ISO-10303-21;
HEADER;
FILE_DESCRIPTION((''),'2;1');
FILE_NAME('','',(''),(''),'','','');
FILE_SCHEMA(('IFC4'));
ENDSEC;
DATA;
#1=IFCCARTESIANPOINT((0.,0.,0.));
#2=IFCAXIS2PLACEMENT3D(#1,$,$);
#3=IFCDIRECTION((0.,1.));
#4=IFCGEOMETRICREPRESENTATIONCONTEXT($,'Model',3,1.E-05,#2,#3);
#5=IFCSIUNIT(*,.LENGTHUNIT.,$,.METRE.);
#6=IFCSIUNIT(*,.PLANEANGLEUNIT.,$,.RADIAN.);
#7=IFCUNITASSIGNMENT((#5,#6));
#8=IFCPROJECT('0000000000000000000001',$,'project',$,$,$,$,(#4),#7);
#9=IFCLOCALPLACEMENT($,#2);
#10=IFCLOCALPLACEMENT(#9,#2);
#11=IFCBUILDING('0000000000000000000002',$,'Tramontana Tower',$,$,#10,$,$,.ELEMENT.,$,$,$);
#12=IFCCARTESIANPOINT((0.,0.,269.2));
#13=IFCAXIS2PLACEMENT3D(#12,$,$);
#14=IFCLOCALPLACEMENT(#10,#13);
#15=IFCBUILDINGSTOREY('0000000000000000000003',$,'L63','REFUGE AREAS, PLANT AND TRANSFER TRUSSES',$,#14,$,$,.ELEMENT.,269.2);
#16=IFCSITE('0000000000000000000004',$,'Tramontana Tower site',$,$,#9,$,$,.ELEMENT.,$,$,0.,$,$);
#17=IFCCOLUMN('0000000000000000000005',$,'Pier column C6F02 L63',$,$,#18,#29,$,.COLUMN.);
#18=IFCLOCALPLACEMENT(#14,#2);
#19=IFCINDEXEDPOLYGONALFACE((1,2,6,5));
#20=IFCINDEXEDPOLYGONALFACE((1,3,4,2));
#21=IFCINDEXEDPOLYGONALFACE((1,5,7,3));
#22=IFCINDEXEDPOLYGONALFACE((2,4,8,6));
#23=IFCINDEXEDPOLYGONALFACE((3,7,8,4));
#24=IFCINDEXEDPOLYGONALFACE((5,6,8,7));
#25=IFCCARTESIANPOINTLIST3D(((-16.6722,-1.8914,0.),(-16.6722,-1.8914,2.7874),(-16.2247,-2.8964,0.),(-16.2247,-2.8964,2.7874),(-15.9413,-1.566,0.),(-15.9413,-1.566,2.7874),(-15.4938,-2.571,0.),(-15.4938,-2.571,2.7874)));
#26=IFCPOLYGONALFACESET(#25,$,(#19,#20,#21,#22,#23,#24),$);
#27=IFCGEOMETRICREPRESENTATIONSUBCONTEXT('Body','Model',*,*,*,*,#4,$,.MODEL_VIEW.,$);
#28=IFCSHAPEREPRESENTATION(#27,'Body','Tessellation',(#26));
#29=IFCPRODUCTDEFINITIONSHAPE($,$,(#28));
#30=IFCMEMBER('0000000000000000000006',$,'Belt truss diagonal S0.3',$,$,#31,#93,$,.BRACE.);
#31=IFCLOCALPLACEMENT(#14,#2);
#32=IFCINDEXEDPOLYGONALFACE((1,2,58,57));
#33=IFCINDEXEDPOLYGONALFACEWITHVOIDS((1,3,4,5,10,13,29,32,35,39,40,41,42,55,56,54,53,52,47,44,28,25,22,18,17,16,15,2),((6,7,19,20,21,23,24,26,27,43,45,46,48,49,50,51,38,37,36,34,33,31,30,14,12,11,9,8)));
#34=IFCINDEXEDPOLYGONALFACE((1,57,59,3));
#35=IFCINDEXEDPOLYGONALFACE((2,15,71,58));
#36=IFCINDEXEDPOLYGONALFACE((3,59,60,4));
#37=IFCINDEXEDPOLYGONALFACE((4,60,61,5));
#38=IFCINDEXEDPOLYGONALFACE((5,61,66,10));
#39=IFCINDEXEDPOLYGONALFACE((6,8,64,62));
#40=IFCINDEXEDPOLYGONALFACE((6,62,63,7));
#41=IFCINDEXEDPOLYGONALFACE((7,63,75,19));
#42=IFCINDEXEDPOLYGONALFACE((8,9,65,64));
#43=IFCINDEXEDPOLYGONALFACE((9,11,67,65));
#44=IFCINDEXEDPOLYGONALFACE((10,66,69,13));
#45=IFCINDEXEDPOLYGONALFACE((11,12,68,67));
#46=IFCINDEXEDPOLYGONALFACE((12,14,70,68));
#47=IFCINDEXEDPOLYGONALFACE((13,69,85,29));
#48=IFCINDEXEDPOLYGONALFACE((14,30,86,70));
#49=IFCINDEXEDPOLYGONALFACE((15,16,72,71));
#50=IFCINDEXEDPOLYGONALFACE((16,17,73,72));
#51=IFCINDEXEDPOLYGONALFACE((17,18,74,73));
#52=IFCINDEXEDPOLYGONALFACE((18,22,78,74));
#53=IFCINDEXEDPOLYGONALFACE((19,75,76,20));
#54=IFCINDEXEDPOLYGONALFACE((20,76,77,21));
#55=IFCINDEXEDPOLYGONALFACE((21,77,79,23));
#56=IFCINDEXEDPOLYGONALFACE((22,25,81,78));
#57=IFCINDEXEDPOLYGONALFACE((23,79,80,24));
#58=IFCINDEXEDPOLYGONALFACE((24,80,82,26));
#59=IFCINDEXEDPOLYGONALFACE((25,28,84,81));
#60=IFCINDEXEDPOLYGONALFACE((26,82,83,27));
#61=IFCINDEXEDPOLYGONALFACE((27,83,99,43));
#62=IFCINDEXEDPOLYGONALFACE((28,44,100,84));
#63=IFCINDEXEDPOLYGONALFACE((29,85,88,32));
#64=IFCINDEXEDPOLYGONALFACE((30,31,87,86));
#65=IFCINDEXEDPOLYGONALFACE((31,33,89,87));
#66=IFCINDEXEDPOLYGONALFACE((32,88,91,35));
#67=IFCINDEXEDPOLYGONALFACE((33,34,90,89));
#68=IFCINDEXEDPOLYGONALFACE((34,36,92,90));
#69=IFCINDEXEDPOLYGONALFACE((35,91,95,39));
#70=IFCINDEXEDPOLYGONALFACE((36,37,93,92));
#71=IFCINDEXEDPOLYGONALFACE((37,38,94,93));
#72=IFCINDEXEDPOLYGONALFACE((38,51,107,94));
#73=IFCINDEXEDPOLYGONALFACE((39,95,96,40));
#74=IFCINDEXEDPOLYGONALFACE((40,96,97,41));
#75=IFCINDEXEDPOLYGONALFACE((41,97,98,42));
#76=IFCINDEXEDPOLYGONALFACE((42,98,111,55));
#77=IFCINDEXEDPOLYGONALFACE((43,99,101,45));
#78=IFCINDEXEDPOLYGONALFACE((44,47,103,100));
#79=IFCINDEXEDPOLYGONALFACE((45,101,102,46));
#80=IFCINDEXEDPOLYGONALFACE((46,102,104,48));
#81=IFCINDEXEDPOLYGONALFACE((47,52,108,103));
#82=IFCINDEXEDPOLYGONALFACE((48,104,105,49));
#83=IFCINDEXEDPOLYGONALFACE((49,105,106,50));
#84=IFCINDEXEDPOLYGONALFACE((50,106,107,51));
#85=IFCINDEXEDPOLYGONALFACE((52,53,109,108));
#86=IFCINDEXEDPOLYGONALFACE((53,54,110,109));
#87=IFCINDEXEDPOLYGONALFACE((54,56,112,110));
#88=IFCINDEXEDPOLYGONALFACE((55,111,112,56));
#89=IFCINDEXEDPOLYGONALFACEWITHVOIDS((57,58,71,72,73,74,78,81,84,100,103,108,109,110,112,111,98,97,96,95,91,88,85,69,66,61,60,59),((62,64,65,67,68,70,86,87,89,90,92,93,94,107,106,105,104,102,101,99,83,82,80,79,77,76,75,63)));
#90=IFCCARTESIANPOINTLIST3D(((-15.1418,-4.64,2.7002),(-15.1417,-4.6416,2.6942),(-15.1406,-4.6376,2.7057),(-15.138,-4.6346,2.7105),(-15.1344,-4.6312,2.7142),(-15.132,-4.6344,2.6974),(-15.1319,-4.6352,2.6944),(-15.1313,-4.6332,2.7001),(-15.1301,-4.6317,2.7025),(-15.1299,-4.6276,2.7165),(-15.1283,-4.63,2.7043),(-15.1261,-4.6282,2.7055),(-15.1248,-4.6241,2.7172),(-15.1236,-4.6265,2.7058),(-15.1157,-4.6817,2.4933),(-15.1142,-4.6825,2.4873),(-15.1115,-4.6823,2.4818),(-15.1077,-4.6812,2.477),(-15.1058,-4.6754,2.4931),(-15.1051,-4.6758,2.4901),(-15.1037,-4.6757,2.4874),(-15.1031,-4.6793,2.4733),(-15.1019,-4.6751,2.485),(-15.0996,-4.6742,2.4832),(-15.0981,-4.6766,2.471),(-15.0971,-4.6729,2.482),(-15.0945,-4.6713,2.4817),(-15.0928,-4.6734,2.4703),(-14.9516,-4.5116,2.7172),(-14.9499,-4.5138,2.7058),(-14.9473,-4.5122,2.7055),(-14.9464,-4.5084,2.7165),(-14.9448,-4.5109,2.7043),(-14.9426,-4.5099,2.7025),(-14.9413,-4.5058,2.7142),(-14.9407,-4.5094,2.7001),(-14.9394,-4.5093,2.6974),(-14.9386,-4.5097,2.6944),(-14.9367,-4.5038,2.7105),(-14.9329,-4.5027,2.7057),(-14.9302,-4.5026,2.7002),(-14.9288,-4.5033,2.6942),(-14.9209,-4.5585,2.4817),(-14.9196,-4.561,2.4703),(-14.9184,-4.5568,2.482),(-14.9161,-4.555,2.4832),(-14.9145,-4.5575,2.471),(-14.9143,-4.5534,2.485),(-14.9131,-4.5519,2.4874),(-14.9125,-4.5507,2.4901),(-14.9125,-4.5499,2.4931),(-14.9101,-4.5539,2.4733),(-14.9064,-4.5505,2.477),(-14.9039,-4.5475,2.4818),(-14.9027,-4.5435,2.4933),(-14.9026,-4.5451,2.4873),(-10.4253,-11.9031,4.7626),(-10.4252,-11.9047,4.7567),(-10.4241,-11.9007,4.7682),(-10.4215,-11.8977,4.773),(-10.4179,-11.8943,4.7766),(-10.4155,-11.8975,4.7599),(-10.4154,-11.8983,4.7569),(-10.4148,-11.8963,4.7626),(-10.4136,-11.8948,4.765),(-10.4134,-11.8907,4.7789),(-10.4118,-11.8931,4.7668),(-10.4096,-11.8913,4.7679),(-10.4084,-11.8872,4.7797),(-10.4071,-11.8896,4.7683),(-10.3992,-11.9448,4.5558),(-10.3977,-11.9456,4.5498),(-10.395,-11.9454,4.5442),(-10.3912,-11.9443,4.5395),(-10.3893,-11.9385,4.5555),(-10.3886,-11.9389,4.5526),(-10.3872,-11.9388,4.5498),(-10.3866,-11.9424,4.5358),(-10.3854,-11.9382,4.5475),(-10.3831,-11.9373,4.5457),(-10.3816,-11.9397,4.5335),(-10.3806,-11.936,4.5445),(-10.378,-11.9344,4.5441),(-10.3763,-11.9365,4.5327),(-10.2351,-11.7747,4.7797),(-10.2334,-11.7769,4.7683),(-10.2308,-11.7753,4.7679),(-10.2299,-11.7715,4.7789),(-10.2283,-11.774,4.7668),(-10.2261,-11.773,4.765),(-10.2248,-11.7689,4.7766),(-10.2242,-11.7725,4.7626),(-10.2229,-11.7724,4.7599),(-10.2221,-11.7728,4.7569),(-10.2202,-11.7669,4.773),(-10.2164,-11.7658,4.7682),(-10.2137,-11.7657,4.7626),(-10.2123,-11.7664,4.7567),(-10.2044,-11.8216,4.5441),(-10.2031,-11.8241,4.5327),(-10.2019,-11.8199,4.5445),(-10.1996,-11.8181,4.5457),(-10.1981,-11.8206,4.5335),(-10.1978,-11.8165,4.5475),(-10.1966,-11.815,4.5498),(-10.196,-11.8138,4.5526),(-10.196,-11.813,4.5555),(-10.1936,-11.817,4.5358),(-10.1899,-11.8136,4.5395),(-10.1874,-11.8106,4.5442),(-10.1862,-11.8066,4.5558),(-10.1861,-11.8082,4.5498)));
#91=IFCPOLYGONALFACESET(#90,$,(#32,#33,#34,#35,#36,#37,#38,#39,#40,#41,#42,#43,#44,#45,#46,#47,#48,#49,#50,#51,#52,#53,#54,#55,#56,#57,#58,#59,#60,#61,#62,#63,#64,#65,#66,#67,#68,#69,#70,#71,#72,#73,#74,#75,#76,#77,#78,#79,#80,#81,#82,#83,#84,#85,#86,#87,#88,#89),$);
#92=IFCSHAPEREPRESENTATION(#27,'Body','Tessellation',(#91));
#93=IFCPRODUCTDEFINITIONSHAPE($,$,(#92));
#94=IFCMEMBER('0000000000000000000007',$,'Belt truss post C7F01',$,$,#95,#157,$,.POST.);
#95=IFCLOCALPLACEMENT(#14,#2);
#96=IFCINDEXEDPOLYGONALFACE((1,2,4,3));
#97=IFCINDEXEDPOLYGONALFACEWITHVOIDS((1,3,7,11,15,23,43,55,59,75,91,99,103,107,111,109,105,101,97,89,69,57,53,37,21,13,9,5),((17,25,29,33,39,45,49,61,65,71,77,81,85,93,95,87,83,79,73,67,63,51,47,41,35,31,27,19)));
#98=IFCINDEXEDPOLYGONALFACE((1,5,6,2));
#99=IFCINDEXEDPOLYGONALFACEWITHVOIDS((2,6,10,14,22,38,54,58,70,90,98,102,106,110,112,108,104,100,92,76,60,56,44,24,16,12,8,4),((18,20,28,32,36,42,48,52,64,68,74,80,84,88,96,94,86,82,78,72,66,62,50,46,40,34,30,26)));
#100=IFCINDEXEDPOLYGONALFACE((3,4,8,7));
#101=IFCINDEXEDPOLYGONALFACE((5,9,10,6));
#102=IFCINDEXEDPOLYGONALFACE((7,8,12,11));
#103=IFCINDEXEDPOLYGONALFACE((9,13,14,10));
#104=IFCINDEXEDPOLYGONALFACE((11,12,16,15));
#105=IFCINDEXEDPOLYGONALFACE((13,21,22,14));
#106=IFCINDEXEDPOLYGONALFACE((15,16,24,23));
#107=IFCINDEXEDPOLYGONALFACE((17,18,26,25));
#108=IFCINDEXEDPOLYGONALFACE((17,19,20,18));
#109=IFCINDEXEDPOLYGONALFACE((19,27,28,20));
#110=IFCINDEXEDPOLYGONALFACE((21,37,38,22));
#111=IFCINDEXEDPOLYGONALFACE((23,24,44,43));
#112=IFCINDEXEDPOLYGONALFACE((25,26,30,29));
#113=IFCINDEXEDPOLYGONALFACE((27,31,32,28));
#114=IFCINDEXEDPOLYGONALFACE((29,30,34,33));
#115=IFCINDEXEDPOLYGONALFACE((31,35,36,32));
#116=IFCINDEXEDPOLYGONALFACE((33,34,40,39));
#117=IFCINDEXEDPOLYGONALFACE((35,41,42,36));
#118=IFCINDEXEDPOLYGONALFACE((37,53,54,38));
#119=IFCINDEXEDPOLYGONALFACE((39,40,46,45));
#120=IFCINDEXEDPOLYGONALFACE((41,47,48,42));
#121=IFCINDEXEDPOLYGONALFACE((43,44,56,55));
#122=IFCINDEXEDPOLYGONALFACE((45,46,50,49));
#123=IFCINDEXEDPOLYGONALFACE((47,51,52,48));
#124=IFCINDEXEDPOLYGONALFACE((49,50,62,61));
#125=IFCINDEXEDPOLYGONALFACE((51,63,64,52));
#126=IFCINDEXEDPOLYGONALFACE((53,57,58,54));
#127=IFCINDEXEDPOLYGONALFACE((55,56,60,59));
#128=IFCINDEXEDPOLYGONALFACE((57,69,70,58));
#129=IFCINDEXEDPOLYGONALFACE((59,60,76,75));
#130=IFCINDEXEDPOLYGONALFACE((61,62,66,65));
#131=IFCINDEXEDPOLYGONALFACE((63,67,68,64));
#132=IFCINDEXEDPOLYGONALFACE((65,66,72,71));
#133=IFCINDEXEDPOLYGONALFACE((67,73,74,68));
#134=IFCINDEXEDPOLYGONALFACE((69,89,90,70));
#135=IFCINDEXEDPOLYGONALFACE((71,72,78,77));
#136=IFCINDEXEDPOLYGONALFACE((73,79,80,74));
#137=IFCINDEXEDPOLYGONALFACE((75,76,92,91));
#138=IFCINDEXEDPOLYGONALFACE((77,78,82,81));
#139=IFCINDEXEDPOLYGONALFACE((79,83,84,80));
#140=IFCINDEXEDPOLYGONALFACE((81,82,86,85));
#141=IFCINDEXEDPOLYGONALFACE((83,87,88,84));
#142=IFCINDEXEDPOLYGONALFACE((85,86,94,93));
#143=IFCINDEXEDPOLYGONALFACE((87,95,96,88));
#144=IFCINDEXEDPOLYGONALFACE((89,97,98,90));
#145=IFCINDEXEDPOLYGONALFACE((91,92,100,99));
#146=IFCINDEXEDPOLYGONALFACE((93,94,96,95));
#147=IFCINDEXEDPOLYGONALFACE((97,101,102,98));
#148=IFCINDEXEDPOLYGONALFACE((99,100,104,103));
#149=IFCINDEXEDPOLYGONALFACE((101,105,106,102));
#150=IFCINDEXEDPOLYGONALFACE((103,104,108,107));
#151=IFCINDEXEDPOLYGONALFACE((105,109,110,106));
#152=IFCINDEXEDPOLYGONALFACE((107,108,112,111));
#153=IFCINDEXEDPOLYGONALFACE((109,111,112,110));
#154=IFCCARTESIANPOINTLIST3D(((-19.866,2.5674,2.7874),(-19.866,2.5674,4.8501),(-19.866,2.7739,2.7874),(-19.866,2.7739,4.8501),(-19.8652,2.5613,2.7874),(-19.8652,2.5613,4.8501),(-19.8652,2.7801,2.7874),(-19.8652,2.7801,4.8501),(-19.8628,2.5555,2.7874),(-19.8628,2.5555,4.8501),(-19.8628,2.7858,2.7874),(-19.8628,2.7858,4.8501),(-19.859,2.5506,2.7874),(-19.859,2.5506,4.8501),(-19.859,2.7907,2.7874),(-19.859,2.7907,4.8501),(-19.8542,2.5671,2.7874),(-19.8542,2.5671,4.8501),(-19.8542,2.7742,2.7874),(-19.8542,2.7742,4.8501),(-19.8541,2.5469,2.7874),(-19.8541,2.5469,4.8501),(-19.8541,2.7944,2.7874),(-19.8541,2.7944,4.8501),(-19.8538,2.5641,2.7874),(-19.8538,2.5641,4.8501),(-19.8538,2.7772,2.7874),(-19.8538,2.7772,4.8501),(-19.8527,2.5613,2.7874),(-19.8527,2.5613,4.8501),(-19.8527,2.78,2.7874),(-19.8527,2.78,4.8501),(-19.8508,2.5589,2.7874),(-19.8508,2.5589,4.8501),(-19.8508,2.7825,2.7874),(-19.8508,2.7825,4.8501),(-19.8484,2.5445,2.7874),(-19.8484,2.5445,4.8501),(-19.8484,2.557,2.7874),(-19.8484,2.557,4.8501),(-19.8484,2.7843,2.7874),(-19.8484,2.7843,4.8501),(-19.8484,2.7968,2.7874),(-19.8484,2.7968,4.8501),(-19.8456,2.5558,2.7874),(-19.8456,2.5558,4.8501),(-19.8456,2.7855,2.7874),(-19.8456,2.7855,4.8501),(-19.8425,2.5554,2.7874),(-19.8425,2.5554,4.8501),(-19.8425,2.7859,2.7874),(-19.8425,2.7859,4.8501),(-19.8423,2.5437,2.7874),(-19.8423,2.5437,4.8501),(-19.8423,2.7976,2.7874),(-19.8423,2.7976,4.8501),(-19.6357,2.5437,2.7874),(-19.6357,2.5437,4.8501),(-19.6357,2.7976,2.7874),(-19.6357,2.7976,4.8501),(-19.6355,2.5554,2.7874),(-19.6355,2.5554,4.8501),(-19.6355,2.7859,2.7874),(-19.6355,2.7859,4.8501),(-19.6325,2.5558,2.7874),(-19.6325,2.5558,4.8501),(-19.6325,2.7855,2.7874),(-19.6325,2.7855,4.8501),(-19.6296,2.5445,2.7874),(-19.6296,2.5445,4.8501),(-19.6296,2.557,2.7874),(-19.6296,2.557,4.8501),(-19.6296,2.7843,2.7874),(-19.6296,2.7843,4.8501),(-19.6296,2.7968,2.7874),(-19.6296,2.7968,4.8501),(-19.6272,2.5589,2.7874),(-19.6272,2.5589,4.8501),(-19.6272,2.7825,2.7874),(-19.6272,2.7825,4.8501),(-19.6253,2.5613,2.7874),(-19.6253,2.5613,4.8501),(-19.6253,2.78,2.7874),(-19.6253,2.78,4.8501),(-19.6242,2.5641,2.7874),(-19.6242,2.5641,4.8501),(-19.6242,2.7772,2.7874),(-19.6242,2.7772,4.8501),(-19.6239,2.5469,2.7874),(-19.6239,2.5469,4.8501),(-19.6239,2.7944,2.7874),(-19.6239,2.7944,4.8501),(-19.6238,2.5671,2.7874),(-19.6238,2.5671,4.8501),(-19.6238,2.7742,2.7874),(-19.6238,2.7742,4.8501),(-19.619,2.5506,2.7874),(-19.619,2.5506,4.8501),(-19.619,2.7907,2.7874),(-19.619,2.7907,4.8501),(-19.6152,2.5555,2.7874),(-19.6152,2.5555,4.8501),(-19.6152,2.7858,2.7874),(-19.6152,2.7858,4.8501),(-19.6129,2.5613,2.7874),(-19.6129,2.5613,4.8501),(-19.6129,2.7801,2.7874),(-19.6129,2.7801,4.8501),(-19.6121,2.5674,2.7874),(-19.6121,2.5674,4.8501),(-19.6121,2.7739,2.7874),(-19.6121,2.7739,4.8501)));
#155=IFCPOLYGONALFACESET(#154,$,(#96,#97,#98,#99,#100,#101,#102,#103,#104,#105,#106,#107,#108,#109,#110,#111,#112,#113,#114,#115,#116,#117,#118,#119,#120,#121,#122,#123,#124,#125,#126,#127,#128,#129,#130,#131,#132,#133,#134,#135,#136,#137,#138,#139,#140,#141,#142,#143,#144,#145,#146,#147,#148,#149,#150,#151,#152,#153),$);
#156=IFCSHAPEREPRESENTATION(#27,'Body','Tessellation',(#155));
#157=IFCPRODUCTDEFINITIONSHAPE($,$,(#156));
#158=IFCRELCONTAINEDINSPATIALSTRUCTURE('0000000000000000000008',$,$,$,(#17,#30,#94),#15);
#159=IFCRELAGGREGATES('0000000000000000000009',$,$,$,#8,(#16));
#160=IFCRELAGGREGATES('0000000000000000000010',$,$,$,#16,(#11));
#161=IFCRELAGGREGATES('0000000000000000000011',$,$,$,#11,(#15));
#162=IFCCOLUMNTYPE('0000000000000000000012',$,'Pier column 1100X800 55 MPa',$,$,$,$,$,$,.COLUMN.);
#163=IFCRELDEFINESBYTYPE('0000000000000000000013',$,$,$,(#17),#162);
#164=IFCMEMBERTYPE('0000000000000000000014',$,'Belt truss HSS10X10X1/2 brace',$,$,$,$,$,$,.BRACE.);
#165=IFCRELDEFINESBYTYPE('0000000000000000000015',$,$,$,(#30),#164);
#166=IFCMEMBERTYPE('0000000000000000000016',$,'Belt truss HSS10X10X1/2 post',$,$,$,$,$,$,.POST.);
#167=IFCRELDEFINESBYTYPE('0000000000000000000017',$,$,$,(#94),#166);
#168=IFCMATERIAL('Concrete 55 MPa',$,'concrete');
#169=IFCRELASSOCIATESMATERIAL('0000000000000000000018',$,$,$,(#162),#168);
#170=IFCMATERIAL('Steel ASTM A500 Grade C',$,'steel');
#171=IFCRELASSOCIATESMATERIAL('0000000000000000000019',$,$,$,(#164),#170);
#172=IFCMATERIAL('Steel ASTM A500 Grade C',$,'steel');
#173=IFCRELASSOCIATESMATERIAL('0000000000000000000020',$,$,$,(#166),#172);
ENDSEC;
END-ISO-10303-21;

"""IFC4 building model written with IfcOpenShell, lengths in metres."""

from ifc_helpers import new_model, si_unit, direction, frame, origin, origin_2d, place, context, subcontext, project, spatial, rectangle, hollow_rectangle, extrude, material, material_profile, profile_set, type_object, element, save


model = new_model("IFC4")

# Units and contexts
model_context = context("Model", 3, precision=1e-05, world=origin(), true_north=direction((0.0, 1.0)))
body_context = subcontext(model_context, "Body", "Model", "MODEL_VIEW")
ifc_project = project(units=[si_unit("LENGTHUNIT", "METRE"), si_unit("PLANEANGLEUNIT", "RADIAN")], contexts=[model_context])

# Site, building, storey
site_placement = place(None, origin())
site = spatial("IfcSite", under=ifc_project, at=site_placement, Name="Tramontana Tower site", CompositionType="ELEMENT", RefElevation=0.0)
building_placement = place(site_placement, origin())
building = spatial("IfcBuilding", under=site, at=building_placement, Name="Tramontana Tower", CompositionType="ELEMENT")
storey_placement = place(building_placement, frame((0.0, 0.0, 269.2)))
storey = spatial("IfcBuildingStorey", under=building, at=storey_placement, Name="L63", Description="REFUGE AREAS, PLANT AND TRANSFER TRUSSES", CompositionType="ELEMENT", Elevation=269.2)

# Column
ifc_material_1 = material(Name="Concrete 55 MPa", Category="concrete")
ifc_material_profile_1 = material_profile(ifc_material_1, rectangle(XDim=1.1001, YDim=0.8, at=origin_2d()), Name="Pier column 1100X800 55 MPa")
ifc_profile_set_1 = profile_set([ifc_material_profile_1], Name="Concrete 55 MPa")
column_type = type_object("IfcColumnType", Name="Pier column 1100X800 55 MPa", PredefinedType="COLUMN", material=ifc_profile_set_1)
column_placement = place(storey_placement, frame((-16.083, -2.2312, 0.0), z_axis=(0.0, 0.0, 1.0), x_axis=(0.406737, -0.913545, 0.0)))
element("IfcColumn", 1, at=column_placement, inside=storey, type_object=column_type, Name="Pier column C6F02 L63", PredefinedType="COLUMN", context=body_context, shape_type="SweptSolid", body=[
    extrude(rectangle(XDim=1.1001, YDim=0.8, at=origin_2d()), origin(), (0.0, 0.0, 1.0), 2.7874),
])

# Members
ifc_material_2 = material(Name="Steel ASTM A500 Grade C", Category="steel")
ifc_material_profile_2 = material_profile(ifc_material_2, hollow_rectangle(XDim=0.2539, YDim=0.2539, WallThickness=0.0117, InnerFilletRadius=0.0117, OuterFilletRadius=0.0237, at=origin_2d()), Name="HSS10X10X1/2")
ifc_profile_set_2 = profile_set([ifc_material_profile_2], Name="Steel ASTM A500 Grade C")
member_type_1 = type_object("IfcMemberType", Name="Belt truss HSS10X10X1/2 brace", PredefinedType="BRACE", material=ifc_profile_set_2)
member_1_placement = place(storey_placement, frame((-15.0222, -4.5925, 2.5938), z_axis=(0.529804, -0.815863, 0.231678), x_axis=(0.838682, 0.544622, 0.0)))
element("IfcMember", 2, at=member_1_placement, inside=storey, type_object=member_type_1, Name="Belt truss diagonal S0.3", PredefinedType="BRACE", context=body_context, shape_type="SweptSolid", body=[
    extrude(hollow_rectangle(XDim=0.2539, YDim=0.2539, WallThickness=0.0117, InnerFilletRadius=0.0117, OuterFilletRadius=0.0237, at=origin_2d()), origin(), (0.0, 0.0, 1.0), 8.9023),
])
ifc_material_3 = material(Name="Steel ASTM A500 Grade C", Category="steel")
ifc_material_profile_3 = material_profile(ifc_material_3, hollow_rectangle(XDim=0.2539, YDim=0.2539, WallThickness=0.0117, InnerFilletRadius=0.0117, OuterFilletRadius=0.0237, at=origin_2d()), Name="HSS10X10X1/2")
ifc_profile_set_3 = profile_set([ifc_material_profile_3], Name="Steel ASTM A500 Grade C")
member_type_2 = type_object("IfcMemberType", Name="Belt truss HSS10X10X1/2 post", PredefinedType="POST", material=ifc_profile_set_3)
for number, where, z_axis, x_axis, name in (
    (3, (-19.739, 2.6707, 2.7874), (0.0, 0.0, 1.0), (1.0, 0.0, 0.0), "Belt truss post C7F01"),
):
    element("IfcMember", number, at=place(storey_placement, frame(where, z_axis=z_axis, x_axis=x_axis)), inside=storey, type_object=member_type_2, Name=name, PredefinedType="POST", context=body_context, shape_type="SweptSolid", body=[
        extrude(hollow_rectangle(XDim=0.2539, YDim=0.2539, WallThickness=0.0117, InnerFilletRadius=0.0117, OuterFilletRadius=0.0237, at=origin_2d()), origin(), (0.0, 0.0, 1.0), 2.0627),
    ])

save(model, "model.ifc")
